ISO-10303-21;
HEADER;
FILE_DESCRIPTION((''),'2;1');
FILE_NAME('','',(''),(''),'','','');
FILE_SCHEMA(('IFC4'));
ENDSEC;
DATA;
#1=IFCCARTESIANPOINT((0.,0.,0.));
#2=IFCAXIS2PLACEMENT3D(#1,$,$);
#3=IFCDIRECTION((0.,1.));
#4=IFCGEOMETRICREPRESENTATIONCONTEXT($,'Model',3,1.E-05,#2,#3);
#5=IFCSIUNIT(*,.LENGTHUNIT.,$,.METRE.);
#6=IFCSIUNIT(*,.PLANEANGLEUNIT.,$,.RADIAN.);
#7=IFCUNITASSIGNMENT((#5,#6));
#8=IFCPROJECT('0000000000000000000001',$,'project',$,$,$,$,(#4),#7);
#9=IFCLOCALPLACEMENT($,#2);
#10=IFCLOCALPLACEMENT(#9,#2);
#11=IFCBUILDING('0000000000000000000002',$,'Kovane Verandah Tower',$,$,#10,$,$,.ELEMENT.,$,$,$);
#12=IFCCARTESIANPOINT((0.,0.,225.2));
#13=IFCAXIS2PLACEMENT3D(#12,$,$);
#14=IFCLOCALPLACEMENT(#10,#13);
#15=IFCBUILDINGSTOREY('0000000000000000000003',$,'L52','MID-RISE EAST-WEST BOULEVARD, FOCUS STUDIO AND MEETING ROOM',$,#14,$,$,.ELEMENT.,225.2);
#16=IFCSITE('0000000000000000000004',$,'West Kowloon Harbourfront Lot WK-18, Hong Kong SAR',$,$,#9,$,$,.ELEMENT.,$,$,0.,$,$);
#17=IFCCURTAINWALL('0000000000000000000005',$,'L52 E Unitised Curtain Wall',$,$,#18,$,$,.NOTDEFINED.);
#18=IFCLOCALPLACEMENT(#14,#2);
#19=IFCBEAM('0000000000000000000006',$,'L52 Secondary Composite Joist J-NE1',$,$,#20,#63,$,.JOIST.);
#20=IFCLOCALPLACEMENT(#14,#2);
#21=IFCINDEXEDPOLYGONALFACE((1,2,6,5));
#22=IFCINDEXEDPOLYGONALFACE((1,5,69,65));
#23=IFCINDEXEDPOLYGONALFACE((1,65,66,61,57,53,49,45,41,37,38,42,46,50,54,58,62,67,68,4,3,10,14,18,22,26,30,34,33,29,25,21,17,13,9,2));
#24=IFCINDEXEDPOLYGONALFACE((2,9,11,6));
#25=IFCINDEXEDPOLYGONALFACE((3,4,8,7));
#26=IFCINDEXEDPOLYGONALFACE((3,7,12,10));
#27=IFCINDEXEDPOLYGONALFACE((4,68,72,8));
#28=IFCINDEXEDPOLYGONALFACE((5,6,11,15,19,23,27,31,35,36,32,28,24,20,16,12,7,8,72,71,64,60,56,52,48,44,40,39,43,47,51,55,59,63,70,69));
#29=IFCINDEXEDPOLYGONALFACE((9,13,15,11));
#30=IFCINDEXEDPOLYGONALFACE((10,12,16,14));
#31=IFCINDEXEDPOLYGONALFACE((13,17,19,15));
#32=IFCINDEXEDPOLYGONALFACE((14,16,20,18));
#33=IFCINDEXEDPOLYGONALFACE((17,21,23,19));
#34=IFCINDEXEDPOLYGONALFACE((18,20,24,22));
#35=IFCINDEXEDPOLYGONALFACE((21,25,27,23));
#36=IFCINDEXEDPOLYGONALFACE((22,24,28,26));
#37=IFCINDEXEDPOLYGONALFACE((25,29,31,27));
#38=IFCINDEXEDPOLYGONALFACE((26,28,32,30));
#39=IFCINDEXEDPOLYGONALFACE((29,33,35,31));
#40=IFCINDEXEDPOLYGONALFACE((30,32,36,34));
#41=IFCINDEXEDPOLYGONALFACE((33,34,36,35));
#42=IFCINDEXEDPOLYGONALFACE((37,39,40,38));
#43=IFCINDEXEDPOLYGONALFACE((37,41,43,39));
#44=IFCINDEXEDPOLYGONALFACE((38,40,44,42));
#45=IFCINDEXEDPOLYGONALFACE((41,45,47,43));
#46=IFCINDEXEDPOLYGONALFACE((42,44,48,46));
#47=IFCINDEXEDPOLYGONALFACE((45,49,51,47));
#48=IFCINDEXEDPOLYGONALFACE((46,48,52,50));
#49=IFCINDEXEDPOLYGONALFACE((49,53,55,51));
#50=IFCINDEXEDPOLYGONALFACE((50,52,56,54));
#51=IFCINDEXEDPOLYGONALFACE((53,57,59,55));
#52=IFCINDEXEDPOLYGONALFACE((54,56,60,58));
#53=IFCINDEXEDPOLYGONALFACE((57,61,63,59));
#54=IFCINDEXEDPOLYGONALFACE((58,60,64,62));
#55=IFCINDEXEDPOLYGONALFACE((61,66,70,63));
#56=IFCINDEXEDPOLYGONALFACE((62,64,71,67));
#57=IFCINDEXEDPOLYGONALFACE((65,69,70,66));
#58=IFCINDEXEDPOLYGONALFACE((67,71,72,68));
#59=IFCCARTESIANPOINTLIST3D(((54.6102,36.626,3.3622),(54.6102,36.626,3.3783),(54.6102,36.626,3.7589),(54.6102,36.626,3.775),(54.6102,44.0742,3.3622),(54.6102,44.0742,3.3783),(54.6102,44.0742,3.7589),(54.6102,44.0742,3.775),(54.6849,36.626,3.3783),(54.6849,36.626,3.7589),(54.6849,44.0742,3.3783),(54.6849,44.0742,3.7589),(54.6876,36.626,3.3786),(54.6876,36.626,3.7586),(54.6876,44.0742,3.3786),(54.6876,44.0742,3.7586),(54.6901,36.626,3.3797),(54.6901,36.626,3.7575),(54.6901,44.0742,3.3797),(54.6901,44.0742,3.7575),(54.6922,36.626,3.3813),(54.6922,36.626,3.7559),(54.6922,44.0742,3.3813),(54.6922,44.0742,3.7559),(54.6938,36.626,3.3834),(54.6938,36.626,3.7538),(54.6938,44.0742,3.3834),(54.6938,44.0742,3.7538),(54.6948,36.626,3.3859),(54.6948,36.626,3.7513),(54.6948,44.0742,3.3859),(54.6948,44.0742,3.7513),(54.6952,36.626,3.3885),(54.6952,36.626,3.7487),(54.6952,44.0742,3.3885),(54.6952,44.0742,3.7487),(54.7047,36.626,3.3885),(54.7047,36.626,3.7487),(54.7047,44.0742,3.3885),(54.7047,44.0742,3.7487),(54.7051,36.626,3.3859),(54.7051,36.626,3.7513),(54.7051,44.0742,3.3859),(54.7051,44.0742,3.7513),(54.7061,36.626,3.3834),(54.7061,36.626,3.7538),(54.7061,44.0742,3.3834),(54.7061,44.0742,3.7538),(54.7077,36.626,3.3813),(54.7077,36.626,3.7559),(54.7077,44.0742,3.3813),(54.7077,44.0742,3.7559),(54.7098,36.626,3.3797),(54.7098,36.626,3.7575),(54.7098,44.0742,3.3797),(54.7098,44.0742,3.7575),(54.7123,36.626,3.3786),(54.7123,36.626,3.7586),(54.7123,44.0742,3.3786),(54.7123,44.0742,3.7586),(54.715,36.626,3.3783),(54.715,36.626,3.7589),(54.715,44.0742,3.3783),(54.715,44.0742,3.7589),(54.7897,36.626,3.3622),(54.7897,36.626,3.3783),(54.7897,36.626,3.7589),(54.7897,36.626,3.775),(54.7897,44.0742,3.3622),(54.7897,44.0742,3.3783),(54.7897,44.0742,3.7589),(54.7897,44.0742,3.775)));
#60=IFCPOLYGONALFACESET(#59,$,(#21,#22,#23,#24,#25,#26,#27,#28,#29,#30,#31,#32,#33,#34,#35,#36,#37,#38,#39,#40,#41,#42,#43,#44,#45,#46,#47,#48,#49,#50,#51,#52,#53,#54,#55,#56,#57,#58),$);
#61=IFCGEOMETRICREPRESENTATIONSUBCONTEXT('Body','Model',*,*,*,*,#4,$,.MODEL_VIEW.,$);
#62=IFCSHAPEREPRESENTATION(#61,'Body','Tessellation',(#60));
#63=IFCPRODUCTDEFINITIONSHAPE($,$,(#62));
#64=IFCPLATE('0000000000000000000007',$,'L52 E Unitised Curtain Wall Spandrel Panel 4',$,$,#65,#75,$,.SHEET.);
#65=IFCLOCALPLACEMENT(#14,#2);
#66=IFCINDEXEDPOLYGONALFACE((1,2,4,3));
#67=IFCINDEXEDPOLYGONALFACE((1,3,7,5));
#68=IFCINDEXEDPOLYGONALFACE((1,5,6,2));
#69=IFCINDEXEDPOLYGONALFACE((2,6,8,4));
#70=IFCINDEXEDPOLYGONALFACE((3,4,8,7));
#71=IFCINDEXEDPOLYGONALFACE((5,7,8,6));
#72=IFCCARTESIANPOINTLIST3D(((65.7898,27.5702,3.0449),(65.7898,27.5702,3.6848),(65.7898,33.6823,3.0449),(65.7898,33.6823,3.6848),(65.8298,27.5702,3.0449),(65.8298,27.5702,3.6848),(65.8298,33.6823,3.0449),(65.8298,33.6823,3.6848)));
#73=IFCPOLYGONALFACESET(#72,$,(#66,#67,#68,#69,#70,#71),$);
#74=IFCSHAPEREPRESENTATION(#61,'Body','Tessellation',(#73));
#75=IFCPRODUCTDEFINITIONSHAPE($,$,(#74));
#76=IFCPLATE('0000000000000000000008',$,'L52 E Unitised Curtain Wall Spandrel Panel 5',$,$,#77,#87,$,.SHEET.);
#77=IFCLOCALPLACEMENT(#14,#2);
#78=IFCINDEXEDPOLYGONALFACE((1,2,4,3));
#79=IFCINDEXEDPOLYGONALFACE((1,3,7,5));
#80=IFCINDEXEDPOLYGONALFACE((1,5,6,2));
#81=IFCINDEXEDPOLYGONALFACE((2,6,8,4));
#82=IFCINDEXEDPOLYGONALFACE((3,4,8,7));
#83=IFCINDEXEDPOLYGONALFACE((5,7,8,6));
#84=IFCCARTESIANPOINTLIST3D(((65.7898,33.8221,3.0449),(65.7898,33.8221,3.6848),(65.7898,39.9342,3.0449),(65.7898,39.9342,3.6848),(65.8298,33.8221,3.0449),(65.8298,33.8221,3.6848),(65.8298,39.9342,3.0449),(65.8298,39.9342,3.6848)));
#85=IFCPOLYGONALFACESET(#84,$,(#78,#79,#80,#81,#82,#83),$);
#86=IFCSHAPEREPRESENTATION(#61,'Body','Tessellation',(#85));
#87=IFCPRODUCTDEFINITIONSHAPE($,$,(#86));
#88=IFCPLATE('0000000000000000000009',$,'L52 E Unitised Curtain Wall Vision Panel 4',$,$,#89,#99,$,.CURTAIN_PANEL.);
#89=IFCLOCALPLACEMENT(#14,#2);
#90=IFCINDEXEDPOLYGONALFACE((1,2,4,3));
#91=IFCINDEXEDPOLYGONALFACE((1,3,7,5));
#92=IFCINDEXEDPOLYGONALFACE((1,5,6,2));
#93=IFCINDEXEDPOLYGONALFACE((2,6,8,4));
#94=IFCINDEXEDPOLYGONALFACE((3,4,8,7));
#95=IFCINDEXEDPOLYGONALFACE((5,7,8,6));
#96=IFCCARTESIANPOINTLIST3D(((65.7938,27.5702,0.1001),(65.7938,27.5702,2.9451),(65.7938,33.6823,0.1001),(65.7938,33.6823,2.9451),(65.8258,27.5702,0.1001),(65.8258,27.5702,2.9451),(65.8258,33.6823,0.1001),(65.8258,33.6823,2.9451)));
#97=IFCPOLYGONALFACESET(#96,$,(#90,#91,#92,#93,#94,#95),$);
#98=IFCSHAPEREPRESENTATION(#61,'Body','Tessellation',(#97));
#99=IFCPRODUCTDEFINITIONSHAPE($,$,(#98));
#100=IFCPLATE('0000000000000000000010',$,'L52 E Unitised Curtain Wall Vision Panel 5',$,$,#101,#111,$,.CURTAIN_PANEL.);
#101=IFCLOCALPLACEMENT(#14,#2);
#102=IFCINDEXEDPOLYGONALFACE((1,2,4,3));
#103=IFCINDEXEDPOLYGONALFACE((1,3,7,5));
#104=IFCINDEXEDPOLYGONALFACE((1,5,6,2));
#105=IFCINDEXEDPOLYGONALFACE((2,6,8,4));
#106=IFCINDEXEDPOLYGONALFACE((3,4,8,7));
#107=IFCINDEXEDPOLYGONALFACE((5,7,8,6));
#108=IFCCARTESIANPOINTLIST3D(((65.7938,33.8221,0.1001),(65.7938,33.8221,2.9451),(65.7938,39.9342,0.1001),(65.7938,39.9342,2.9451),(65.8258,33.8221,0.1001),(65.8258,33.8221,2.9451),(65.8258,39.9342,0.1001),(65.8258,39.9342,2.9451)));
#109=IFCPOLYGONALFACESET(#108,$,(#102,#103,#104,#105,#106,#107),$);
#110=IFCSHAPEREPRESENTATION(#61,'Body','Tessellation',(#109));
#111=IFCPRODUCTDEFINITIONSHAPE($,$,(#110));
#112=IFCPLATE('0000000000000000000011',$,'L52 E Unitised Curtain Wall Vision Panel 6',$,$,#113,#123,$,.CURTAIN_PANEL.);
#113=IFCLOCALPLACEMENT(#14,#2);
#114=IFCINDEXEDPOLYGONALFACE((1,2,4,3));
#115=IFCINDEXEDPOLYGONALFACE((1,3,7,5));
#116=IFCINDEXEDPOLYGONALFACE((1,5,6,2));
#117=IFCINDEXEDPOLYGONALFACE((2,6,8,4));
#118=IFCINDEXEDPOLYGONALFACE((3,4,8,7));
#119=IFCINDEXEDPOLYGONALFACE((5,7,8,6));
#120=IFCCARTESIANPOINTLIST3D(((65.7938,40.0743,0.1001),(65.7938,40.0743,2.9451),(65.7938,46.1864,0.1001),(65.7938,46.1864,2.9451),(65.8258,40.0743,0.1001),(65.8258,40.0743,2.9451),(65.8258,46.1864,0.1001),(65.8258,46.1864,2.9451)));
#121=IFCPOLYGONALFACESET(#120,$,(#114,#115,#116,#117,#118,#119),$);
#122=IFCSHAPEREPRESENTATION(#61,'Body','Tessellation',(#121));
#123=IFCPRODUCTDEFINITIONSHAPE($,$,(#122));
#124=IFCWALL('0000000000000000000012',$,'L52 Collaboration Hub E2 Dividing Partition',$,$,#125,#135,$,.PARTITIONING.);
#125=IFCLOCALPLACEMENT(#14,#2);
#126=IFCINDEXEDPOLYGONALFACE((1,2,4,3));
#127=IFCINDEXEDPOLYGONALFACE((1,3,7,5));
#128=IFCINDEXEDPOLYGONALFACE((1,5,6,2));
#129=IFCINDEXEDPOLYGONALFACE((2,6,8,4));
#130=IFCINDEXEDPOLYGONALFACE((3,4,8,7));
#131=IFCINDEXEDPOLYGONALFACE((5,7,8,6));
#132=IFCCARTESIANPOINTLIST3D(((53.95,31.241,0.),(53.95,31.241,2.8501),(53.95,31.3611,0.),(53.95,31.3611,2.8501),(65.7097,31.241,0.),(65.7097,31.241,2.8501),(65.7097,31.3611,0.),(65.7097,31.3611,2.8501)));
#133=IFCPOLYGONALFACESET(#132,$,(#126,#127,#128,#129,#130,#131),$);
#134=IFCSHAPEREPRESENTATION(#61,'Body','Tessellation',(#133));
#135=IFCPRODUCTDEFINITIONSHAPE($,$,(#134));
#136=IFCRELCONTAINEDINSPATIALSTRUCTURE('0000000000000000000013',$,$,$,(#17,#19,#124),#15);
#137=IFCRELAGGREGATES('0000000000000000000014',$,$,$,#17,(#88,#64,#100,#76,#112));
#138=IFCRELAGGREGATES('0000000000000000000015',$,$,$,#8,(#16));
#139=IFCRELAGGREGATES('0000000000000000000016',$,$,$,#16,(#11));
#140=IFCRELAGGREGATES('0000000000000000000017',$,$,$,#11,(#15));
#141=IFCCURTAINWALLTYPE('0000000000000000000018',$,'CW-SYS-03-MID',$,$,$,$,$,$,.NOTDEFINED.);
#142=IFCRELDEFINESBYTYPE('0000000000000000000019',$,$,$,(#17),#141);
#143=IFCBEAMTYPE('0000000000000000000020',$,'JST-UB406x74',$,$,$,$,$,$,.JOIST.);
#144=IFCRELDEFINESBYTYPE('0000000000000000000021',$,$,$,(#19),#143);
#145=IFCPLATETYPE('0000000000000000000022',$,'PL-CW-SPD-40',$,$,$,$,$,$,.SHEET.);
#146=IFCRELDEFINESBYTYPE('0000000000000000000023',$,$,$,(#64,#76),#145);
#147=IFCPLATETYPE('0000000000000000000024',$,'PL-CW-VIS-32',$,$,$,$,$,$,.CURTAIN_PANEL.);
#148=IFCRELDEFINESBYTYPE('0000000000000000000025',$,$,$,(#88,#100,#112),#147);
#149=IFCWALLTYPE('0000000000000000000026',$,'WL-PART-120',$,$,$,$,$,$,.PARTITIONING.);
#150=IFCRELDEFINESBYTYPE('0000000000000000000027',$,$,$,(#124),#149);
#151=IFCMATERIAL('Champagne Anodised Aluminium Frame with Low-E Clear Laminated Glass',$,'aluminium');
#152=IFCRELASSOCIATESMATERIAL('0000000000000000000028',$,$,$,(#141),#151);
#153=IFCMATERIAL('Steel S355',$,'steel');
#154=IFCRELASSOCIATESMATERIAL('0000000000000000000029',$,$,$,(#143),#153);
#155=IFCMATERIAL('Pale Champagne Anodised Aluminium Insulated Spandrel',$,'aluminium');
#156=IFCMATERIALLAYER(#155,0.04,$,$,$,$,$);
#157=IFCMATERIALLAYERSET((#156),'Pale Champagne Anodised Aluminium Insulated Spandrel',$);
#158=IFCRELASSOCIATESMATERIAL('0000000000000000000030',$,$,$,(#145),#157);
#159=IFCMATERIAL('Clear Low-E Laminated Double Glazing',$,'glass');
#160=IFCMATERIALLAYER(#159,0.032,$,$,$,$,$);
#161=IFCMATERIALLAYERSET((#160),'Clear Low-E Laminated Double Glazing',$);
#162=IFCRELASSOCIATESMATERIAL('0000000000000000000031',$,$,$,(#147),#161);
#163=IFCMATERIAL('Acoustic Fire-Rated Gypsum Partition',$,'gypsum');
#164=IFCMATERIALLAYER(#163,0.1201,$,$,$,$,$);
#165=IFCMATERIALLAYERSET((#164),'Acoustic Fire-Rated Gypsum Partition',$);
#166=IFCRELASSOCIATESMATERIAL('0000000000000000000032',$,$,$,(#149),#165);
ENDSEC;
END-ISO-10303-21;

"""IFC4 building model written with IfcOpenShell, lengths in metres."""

from ifc_helpers import new_model, si_unit, direction, frame, frame_2d, origin, origin_2d, place, context, subcontext, project, spatial, rectangle, i_section, extrude, material, layer, layer_set, material_profile, profile_set, type_object, element, aggregate, save


model = new_model("IFC4")

# Units and contexts
model_context = context("Model", 3, precision=1e-05, world=origin(), true_north=direction((0.0, 1.0)))
body_context = subcontext(model_context, "Body", "Model", "MODEL_VIEW")
ifc_project = project(units=[si_unit("LENGTHUNIT", "METRE"), si_unit("PLANEANGLEUNIT", "RADIAN")], contexts=[model_context])

# Site, building, storey
site_placement = place(None, origin())
site = spatial("IfcSite", under=ifc_project, at=site_placement, Name="West Kowloon Harbourfront Lot WK-18, Hong Kong SAR", CompositionType="ELEMENT", RefElevation=0.0)
building_placement = place(site_placement, origin())
building = spatial("IfcBuilding", under=site, at=building_placement, Name="Kovane Verandah Tower", CompositionType="ELEMENT")
storey_placement = place(building_placement, frame((0.0, 0.0, 225.2)))
storey = spatial("IfcBuildingStorey", under=building, at=storey_placement, Name="L52", Description="MID-RISE EAST-WEST BOULEVARD, FOCUS STUDIO AND MEETING ROOM", CompositionType="ELEMENT", Elevation=225.2)

# Shared definitions
ifc_material_1 = material(Name="Steel S355", Category="steel")

# Curtain wall
ifc_material_2 = material(Name="Champagne Anodised Aluminium Frame with Low-E Clear Laminated Glass", Category="aluminium")
curtain_wall_type = type_object("IfcCurtainWallType", Name="CW-SYS-03-MID", PredefinedType="NOTDEFINED", material=ifc_material_2)
curtain_wall_placement = place(storey_placement, origin())
curtain_wall = element("IfcCurtainWall", 1, at=curtain_wall_placement, inside=storey, type_object=curtain_wall_type, Name="L52 E Unitised Curtain Wall", PredefinedType="NOTDEFINED")

# Beam
ifc_material_profile_1 = material_profile(ifc_material_1, i_section(OverallWidth=0.1794, OverallDepth=0.4128, WebThickness=0.0095, FlangeThickness=0.0161, FilletRadius=0.0103, at=origin_2d()), Name="UB406x178x74")
ifc_profile_set_1 = profile_set([ifc_material_profile_1], Name="Steel S355")
beam_type_1 = type_object("IfcBeamType", Name="JST-UB406x74", PredefinedType="JOIST", material=ifc_profile_set_1)
beam_1_placement = place(storey_placement, frame((54.7, 36.626, 3.5686), z_axis=(0.0, 1.0, 0.0), x_axis=(-1.0, 0.0, 0.0)))
element("IfcBeam", 2, at=beam_1_placement, inside=storey, type_object=beam_type_1, Name="L52 Secondary Composite Joist J-NE1", PredefinedType="JOIST", context=body_context, shape_type="SweptSolid", body=[
    extrude(i_section(OverallWidth=0.1794, OverallDepth=0.4128, WebThickness=0.0095, FlangeThickness=0.0161, FilletRadius=0.0103, at=origin_2d()), origin(), (0.0, 0.0, 1.0), 7.4482),
])

# Plates
ifc_material_3 = material(Name="Pale Champagne Anodised Aluminium Insulated Spandrel", Category="aluminium")
ifc_layer_1 = layer(ifc_material_3, 0.04)
ifc_layer_set_1 = layer_set([ifc_layer_1], Name="Pale Champagne Anodised Aluminium Insulated Spandrel")
plate_type_1 = type_object("IfcPlateType", Name="PL-CW-SPD-40", PredefinedType="SHEET", material=ifc_layer_set_1)
plate_1_placement = place(storey_placement, frame((65.8098, 30.6262, 3.0449), z_axis=(0.0, 0.0, 1.0), x_axis=(0.0, 1.0, 0.0)))
plate_1 = element("IfcPlate", 3, at=plate_1_placement, type_object=plate_type_1, Name="L52 E Unitised Curtain Wall Spandrel Panel 4", PredefinedType="SHEET", context=body_context, shape_type="SweptSolid", body=[
    extrude(rectangle(XDim=6.1121, YDim=0.04, at=origin_2d()), origin(), (0.0, 0.0, 1.0), 0.6399),
])
plate_2_placement = place(storey_placement, frame((65.8098, 36.8782, 3.0449), z_axis=(0.0, 0.0, 1.0), x_axis=(0.0, 1.0, 0.0)))
plate_2 = element("IfcPlate", 4, at=plate_2_placement, type_object=plate_type_1, Name="L52 E Unitised Curtain Wall Spandrel Panel 5", PredefinedType="SHEET", context=body_context, shape_type="SweptSolid", body=[
    extrude(rectangle(XDim=6.1121, YDim=0.04, at=origin_2d()), origin(), (0.0, 0.0, 1.0), 0.6399),
])
ifc_material_4 = material(Name="Clear Low-E Laminated Double Glazing", Category="glass")
ifc_layer_2 = layer(ifc_material_4, 0.032)
ifc_layer_set_2 = layer_set([ifc_layer_2], Name="Clear Low-E Laminated Double Glazing")
plate_type_2 = type_object("IfcPlateType", Name="PL-CW-VIS-32", PredefinedType="CURTAIN_PANEL", material=ifc_layer_set_2)
plate_3_placement = place(storey_placement, frame((65.8098, 30.6262, 0.1001), z_axis=(0.0, 0.0, 1.0), x_axis=(0.0, 1.0, 0.0)))
plate_3 = element("IfcPlate", 5, at=plate_3_placement, type_object=plate_type_2, Name="L52 E Unitised Curtain Wall Vision Panel 4", PredefinedType="CURTAIN_PANEL", context=body_context, shape_type="SweptSolid", body=[
    extrude(rectangle(XDim=6.1121, YDim=0.032, at=origin_2d()), origin(), (0.0, 0.0, 1.0), 2.845),
])
plate_4_placement = place(storey_placement, frame((65.8098, 36.8782, 0.1001), z_axis=(0.0, 0.0, 1.0), x_axis=(0.0, 1.0, 0.0)))
plate_4 = element("IfcPlate", 6, at=plate_4_placement, type_object=plate_type_2, Name="L52 E Unitised Curtain Wall Vision Panel 5", PredefinedType="CURTAIN_PANEL", context=body_context, shape_type="SweptSolid", body=[
    extrude(rectangle(XDim=6.1121, YDim=0.032, at=origin_2d()), origin(), (0.0, 0.0, 1.0), 2.845),
])
plate_5_placement = place(storey_placement, frame((65.8098, 43.1304, 0.1001), z_axis=(0.0, 0.0, 1.0), x_axis=(0.0, 1.0, 0.0)))
plate_5 = element("IfcPlate", 7, at=plate_5_placement, type_object=plate_type_2, Name="L52 E Unitised Curtain Wall Vision Panel 6", PredefinedType="CURTAIN_PANEL", context=body_context, shape_type="SweptSolid", body=[
    extrude(rectangle(XDim=6.1121, YDim=0.032, at=origin_2d()), origin(), (0.0, 0.0, 1.0), 2.845),
])
aggregate(curtain_wall, [plate_3, plate_1, plate_4, plate_2, plate_5])

# Wall
ifc_material_5 = material(Name="Acoustic Fire-Rated Gypsum Partition", Category="gypsum")
ifc_layer_3 = layer(ifc_material_5, 0.1201)
ifc_layer_set_3 = layer_set([ifc_layer_3], Name="Acoustic Fire-Rated Gypsum Partition")
wall_type_1 = type_object("IfcWallType", Name="WL-PART-120", PredefinedType="PARTITIONING", material=ifc_layer_set_3)
wall_1_placement = place(storey_placement, frame((53.95, 31.301, 0.0), z_axis=(0.0, 0.0, 1.0), x_axis=(1.0, 0.0, 0.0)))
element("IfcWall", 8, at=wall_1_placement, inside=storey, type_object=wall_type_1, Name="L52 Collaboration Hub E2 Dividing Partition", PredefinedType="PARTITIONING", context=body_context, shape_type="SweptSolid", body=[
    extrude(rectangle(XDim=11.7598, YDim=0.1201, at=frame_2d((5.8799, 0.0))), origin(), (0.0, 0.0, 1.0), 2.8501),
])

save(model, "model.ifc")
